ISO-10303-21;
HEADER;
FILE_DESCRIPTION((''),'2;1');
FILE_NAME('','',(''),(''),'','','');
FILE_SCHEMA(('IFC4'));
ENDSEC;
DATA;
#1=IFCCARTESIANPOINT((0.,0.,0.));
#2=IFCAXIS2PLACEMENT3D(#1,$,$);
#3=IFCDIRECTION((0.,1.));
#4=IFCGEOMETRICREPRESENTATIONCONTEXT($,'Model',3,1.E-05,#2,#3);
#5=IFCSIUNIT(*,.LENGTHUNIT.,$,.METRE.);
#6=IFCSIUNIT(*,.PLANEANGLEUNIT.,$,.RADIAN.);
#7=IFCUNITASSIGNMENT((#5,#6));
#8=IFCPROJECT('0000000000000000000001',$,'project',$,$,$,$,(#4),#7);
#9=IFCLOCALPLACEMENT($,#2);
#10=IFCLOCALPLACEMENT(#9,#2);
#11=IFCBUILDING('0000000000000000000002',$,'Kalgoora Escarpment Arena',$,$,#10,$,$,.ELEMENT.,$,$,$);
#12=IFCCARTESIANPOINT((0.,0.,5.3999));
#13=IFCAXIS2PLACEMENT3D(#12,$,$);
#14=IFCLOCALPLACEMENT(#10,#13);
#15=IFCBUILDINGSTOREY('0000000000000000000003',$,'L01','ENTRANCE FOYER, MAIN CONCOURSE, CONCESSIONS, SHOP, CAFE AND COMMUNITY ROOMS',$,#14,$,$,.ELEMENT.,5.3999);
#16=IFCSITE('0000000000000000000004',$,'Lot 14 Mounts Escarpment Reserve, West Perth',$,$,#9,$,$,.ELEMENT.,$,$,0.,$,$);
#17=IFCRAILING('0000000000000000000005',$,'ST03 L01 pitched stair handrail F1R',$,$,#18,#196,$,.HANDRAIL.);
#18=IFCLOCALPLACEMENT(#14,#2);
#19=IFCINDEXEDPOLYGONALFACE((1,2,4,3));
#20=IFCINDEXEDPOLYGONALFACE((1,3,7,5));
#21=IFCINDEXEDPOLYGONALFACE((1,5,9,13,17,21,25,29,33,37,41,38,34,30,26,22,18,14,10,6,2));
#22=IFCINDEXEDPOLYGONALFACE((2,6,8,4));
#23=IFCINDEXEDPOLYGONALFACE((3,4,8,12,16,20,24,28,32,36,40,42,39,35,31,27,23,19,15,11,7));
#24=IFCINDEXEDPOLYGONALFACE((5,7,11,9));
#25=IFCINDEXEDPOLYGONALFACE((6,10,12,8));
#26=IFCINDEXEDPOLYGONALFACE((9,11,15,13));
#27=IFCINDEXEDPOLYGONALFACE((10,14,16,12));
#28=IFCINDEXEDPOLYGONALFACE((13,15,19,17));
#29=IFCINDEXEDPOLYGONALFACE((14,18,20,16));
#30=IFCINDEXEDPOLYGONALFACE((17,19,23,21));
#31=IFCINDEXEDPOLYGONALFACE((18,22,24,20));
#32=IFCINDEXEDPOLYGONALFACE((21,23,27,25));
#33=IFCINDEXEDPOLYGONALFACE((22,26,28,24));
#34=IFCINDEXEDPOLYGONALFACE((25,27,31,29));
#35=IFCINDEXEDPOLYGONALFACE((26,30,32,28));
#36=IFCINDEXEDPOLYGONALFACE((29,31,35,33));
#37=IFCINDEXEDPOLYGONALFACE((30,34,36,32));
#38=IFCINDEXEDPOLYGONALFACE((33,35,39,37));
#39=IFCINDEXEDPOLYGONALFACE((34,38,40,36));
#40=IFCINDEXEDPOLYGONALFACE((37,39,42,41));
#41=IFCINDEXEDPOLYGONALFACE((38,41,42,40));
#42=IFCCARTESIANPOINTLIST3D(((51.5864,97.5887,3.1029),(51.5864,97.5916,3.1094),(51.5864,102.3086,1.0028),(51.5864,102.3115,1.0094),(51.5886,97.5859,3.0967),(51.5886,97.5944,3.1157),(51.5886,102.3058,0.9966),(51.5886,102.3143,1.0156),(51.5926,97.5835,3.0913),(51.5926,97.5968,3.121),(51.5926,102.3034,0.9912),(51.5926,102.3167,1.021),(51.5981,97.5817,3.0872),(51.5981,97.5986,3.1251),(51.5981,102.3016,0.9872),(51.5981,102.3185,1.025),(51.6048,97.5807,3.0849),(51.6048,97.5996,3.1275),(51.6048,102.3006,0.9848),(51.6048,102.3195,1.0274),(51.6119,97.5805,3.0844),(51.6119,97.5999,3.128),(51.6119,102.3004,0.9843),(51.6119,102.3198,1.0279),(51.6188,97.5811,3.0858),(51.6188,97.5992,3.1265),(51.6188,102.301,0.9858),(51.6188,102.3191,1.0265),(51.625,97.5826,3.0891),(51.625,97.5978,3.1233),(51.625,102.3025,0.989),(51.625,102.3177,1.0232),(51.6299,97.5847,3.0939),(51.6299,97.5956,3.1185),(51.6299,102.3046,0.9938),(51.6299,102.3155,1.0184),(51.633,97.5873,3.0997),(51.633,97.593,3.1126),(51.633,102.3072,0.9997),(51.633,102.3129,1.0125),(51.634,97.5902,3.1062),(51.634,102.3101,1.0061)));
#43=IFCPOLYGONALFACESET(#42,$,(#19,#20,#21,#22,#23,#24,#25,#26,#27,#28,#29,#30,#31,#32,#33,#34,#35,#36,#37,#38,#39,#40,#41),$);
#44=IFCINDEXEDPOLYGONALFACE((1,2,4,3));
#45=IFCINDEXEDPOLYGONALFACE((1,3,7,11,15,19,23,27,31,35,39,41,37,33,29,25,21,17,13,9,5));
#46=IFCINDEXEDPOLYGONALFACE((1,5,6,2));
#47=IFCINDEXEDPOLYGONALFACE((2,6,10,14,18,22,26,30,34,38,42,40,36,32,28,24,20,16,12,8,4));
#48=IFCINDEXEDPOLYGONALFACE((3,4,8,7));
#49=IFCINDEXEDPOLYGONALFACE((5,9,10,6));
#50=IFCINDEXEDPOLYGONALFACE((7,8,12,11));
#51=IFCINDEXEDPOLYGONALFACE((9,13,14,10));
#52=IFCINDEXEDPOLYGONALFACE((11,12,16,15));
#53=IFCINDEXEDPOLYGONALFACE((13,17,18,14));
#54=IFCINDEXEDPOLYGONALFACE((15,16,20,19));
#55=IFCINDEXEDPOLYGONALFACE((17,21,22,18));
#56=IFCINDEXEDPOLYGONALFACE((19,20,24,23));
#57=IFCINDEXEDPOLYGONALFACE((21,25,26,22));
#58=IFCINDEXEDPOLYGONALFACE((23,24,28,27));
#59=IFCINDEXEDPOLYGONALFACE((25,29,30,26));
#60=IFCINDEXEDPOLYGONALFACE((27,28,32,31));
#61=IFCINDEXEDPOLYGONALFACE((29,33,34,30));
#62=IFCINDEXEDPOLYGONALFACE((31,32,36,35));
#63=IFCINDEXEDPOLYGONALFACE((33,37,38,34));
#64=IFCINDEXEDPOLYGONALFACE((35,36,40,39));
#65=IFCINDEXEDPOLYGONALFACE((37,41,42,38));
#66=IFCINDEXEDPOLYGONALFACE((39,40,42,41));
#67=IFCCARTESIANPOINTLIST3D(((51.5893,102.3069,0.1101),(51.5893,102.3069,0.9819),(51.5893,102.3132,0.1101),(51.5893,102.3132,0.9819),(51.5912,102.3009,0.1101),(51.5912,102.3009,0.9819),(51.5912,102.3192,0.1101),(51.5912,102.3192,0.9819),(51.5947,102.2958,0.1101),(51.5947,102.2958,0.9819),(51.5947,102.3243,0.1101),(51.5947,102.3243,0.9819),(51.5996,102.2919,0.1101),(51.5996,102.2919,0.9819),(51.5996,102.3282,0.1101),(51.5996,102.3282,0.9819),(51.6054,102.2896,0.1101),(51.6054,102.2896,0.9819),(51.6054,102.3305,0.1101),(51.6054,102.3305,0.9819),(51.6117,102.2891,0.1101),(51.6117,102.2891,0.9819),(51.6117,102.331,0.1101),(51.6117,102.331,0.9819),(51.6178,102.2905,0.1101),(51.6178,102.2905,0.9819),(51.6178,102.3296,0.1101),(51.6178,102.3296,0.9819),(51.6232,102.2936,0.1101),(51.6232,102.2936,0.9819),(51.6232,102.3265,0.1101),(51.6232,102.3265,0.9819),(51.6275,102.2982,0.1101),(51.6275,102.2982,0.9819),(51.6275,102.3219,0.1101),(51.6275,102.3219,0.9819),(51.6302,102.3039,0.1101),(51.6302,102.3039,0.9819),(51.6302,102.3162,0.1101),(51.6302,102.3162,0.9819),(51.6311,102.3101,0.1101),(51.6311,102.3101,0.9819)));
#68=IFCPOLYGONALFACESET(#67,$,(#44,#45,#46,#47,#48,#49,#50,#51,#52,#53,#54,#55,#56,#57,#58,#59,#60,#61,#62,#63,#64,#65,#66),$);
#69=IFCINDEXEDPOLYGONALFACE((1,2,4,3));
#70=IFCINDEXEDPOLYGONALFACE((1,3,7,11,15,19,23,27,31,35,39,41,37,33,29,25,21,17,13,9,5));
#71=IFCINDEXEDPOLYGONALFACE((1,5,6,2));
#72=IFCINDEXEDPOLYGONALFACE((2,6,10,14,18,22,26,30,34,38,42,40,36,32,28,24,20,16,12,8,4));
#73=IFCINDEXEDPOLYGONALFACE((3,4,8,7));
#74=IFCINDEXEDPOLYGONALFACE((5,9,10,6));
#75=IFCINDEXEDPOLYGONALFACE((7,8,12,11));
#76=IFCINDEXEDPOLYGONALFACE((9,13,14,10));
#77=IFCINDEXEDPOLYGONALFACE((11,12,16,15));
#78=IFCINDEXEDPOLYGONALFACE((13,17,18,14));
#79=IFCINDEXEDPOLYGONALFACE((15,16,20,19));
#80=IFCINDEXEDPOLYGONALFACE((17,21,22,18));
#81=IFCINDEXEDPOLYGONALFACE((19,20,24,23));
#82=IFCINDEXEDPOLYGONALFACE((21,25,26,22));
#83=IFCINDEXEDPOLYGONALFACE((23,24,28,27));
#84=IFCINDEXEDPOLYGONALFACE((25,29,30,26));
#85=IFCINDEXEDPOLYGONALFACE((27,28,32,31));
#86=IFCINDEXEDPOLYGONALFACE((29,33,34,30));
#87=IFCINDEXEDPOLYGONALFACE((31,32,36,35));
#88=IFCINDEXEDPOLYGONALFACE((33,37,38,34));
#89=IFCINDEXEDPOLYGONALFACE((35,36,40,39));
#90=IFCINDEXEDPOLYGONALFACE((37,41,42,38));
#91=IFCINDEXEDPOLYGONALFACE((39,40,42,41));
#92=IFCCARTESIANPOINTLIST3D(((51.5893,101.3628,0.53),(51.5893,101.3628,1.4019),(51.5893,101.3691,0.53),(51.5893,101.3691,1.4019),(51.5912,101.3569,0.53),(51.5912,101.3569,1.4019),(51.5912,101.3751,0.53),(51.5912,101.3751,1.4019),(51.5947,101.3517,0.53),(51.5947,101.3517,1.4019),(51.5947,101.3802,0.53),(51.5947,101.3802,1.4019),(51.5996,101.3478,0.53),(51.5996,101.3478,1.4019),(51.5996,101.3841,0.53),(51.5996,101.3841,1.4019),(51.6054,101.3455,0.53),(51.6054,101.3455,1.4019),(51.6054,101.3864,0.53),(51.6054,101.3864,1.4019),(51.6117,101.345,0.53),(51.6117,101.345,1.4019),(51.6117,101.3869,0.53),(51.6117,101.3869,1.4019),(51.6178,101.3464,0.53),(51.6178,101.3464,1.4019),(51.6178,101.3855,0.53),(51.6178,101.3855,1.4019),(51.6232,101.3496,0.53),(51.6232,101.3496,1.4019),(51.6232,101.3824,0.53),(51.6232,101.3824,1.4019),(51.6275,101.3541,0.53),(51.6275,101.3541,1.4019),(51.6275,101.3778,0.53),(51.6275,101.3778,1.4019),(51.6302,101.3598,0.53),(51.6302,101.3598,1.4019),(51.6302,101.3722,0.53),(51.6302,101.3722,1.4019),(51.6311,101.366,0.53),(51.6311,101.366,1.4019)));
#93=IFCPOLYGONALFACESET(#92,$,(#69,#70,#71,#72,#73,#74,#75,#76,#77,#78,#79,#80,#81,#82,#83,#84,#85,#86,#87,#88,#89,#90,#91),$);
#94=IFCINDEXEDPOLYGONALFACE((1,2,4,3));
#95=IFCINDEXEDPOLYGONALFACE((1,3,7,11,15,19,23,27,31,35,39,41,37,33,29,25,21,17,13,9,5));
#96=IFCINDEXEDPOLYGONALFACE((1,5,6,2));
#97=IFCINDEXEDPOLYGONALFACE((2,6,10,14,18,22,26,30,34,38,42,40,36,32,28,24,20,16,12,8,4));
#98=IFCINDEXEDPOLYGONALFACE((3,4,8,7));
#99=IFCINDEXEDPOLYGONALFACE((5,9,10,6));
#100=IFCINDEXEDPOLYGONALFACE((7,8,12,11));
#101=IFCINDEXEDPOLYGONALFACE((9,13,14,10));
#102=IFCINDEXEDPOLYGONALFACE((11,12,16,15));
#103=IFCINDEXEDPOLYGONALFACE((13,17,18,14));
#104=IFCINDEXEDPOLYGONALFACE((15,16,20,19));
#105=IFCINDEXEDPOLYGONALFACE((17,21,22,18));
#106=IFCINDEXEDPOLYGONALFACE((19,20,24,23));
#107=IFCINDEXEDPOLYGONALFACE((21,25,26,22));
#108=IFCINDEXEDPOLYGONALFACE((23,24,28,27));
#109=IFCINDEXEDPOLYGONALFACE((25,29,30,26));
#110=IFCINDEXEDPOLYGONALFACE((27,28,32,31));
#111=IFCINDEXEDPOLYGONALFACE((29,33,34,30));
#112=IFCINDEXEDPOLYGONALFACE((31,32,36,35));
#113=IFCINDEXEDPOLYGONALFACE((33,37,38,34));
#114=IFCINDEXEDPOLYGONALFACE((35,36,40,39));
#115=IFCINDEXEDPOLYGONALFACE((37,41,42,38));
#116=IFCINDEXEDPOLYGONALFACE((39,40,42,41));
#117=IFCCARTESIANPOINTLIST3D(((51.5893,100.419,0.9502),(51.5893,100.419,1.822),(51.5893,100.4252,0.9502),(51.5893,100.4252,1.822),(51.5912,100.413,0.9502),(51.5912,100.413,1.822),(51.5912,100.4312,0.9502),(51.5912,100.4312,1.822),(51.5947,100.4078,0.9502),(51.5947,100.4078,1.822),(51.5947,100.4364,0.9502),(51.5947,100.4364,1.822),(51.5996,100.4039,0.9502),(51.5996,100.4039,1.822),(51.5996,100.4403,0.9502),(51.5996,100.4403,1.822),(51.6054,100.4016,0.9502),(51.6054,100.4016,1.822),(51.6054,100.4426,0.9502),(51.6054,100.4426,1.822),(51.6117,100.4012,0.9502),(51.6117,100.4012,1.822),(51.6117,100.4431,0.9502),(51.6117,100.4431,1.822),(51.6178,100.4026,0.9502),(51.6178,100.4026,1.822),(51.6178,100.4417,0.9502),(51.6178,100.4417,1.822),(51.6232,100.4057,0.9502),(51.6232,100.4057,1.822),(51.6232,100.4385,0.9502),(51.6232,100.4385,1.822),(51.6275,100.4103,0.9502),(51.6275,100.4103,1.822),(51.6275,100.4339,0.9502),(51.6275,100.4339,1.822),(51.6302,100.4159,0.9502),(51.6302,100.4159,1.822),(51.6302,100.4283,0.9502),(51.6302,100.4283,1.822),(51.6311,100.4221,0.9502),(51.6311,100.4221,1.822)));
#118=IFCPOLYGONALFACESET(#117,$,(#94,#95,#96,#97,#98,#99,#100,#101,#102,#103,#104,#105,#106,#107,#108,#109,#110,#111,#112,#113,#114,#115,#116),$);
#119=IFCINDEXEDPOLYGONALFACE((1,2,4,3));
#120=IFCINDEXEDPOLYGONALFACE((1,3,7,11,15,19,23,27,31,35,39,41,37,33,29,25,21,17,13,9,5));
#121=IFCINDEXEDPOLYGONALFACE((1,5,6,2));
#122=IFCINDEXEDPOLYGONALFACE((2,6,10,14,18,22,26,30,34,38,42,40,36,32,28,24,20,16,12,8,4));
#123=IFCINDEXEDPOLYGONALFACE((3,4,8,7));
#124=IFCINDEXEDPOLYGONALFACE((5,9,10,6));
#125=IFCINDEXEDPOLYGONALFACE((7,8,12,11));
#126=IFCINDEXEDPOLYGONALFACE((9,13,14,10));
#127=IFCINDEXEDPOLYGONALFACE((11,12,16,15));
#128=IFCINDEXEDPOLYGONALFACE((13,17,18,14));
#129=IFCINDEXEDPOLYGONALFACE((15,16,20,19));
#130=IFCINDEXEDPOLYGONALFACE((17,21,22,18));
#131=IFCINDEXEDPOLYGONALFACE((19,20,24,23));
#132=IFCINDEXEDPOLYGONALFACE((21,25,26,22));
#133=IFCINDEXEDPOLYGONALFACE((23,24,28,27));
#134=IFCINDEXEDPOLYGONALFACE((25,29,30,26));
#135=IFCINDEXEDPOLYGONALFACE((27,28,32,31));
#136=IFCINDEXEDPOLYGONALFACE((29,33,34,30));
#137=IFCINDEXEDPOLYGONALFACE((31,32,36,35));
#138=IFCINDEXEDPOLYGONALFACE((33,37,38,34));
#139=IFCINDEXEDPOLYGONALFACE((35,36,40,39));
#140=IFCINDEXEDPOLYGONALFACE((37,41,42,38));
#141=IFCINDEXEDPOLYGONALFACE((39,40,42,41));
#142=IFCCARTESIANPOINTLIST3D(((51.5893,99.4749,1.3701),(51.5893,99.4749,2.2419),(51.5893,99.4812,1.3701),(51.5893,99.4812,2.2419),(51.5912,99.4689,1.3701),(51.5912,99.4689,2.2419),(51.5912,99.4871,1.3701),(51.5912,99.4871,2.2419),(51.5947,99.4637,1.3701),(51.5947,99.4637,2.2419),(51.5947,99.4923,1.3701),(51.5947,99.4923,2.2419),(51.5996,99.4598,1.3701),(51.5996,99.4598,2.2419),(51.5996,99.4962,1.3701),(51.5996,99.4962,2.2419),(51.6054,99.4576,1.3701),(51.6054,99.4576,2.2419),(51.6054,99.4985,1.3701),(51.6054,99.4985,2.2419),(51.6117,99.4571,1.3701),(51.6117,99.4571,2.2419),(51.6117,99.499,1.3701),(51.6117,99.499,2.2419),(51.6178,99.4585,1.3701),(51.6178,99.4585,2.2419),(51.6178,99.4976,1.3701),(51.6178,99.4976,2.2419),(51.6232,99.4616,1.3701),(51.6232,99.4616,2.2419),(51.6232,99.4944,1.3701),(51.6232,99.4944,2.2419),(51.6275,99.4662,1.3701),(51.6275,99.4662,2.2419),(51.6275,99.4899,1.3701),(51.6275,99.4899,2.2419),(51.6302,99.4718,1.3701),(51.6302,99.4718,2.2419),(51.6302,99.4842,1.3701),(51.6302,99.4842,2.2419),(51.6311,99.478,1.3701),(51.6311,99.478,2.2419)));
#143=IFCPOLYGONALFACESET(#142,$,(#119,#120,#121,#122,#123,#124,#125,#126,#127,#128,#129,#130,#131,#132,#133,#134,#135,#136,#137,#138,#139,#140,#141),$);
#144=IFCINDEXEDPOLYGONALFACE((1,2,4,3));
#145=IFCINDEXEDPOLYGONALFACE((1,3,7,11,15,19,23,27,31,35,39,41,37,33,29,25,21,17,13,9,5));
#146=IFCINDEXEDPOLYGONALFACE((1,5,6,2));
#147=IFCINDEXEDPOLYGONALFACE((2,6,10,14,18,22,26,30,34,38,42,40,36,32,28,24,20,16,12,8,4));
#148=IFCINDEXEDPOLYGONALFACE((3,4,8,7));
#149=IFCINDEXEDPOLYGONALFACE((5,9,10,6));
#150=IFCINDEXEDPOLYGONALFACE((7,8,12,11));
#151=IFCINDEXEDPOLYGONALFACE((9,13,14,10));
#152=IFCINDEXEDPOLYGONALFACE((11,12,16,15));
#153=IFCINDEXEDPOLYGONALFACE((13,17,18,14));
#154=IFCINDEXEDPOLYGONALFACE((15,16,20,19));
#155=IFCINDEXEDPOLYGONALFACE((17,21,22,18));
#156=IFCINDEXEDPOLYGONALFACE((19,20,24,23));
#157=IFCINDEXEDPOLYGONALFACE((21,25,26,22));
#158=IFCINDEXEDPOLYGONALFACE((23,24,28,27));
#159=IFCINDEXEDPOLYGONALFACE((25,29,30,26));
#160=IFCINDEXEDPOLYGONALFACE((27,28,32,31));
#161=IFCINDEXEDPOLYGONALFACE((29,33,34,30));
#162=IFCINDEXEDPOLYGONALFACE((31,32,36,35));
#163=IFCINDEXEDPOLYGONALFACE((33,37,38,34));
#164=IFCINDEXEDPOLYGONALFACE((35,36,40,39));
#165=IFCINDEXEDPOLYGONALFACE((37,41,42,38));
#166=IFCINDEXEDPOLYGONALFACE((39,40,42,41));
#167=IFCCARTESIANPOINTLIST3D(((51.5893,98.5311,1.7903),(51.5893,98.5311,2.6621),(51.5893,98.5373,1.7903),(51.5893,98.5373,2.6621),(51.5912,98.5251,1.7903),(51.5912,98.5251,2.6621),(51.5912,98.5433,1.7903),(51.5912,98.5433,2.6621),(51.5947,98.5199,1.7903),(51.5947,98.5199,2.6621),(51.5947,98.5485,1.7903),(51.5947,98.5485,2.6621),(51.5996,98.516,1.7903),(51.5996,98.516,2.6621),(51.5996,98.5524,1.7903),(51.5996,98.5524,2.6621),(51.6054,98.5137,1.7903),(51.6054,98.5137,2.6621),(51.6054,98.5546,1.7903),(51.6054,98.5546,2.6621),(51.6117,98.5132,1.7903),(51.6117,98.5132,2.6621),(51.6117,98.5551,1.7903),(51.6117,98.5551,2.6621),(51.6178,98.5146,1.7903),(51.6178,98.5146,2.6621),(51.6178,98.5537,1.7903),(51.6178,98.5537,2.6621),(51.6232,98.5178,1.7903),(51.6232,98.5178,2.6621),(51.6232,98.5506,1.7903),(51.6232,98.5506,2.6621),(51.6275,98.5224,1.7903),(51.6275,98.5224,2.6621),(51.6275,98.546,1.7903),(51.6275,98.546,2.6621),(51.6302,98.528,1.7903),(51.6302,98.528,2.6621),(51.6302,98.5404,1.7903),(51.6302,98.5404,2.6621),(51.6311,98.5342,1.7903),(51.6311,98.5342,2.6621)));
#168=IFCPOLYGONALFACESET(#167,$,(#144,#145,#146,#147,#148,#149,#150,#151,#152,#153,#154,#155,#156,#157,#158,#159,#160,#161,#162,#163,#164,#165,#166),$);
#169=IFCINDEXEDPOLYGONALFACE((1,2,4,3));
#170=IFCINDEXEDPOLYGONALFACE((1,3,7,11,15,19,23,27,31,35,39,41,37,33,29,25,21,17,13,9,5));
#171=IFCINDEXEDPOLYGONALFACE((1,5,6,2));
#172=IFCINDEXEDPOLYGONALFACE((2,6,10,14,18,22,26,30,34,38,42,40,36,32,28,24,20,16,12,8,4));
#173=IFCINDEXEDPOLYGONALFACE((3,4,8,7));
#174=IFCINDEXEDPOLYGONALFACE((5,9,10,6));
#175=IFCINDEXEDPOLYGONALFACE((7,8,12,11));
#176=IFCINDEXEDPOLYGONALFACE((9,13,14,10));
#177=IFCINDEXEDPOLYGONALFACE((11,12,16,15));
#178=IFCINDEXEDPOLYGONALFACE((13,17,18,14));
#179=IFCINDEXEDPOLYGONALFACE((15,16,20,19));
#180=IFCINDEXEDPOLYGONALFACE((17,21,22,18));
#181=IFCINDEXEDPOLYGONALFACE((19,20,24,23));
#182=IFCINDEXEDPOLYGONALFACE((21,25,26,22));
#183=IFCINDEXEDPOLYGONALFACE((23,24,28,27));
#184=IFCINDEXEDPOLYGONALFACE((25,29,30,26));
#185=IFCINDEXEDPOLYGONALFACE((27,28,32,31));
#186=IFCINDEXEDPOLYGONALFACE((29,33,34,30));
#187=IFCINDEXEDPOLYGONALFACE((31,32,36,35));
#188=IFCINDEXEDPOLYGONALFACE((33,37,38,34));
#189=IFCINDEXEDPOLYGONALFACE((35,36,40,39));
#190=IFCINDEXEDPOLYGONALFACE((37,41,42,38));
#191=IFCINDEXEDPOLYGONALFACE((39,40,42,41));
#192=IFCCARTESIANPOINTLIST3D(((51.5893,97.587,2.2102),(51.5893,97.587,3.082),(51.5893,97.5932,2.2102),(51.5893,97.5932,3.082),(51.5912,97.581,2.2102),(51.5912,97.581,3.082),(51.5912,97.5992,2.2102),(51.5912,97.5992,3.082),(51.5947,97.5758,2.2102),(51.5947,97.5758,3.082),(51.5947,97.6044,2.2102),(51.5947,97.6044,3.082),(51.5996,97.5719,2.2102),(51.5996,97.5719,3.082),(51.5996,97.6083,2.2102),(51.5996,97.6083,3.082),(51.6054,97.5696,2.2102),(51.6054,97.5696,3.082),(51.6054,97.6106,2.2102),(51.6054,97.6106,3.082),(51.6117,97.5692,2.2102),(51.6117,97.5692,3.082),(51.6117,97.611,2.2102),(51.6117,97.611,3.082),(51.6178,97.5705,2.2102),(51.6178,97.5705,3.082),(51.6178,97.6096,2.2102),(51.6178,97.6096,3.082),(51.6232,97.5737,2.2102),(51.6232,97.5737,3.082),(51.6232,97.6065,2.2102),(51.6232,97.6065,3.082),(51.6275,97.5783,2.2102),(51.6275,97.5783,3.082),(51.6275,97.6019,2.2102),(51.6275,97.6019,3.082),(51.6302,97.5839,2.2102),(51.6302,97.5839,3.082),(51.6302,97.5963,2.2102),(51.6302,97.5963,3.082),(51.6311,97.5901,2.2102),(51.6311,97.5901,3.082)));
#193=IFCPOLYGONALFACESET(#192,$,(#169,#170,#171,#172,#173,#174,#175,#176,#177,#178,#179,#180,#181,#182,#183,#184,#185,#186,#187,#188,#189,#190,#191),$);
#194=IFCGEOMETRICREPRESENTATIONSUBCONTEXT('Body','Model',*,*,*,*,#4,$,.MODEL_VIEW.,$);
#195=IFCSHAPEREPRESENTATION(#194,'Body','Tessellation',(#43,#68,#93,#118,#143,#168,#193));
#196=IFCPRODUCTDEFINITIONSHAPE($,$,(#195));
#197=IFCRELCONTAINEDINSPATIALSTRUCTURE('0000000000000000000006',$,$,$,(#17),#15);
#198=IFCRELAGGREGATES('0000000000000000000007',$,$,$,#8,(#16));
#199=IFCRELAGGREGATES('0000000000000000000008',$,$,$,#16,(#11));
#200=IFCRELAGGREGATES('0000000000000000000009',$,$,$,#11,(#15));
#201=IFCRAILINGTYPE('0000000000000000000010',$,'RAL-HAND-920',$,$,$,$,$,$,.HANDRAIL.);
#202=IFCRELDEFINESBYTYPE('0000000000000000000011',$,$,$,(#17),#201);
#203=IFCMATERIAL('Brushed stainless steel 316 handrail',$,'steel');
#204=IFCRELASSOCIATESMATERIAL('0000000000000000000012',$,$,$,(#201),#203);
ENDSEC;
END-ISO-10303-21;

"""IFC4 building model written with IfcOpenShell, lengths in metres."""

from ifc_helpers import new_model, si_unit, direction, frame, origin, origin_2d, place, context, subcontext, project, spatial, circle, extrude, material, type_object, element, save


model = new_model("IFC4")

# Units and contexts
model_context = context("Model", 3, precision=1e-05, world=origin(), true_north=direction((0.0, 1.0)))
body_context = subcontext(model_context, "Body", "Model", "MODEL_VIEW")
ifc_project = project(units=[si_unit("LENGTHUNIT", "METRE"), si_unit("PLANEANGLEUNIT", "RADIAN")], contexts=[model_context])

# Site, building, storey
site_placement = place(None, origin())
site = spatial("IfcSite", under=ifc_project, at=site_placement, Name="Lot 14 Mounts Escarpment Reserve, West Perth", CompositionType="ELEMENT", RefElevation=0.0)
building_placement = place(site_placement, origin())
building = spatial("IfcBuilding", under=site, at=building_placement, Name="Kalgoora Escarpment Arena", CompositionType="ELEMENT")
storey_placement = place(building_placement, frame((0.0, 0.0, 5.3999)))
storey = spatial("IfcBuildingStorey", under=building, at=storey_placement, Name="L01", Description="ENTRANCE FOYER, MAIN CONCOURSE, CONCESSIONS, SHOP, CAFE AND COMMUNITY ROOMS", CompositionType="ELEMENT", Elevation=5.3999)

# Railing
ifc_material_1 = material(Name="Brushed stainless steel 316 handrail", Category="steel")
railing_type_1 = type_object("IfcRailingType", Name="RAL-HAND-920", PredefinedType="HANDRAIL", material=ifc_material_1)
for number, where, name in (
    (1, (51.6101, 102.3101, 0.1101), "ST03 L01 pitched stair handrail F1R"),
):
    element("IfcRailing", number, at=place(storey_placement, frame(where)), inside=storey, type_object=railing_type_1, Name=name, PredefinedType="HANDRAIL", context=body_context, shape_type="SweptSolid", body=[
        extrude(circle(Radius=0.0239, at=origin_2d()), frame((0.0, 0.0, 0.896), z_axis=(0.0, -0.913644, 0.406516), x_axis=(1.0, 0.0, 0.0)), (0.0, 0.0, 1.0), 5.166),
        extrude(circle(Radius=0.021, at=origin_2d()), origin(), (0.0, 0.0, 1.0), 0.8718),
        extrude(circle(Radius=0.021, at=origin_2d()), frame((0.0, -0.9441, 0.4199)), (0.0, 0.0, 1.0), 0.8718),
        extrude(circle(Radius=0.021, at=origin_2d()), frame((0.0, -1.8879, 0.8401)), (0.0, 0.0, 1.0), 0.8718),
        extrude(circle(Radius=0.021, at=origin_2d()), frame((0.0, -2.832, 1.26)), (0.0, 0.0, 1.0), 0.8718),
        extrude(circle(Radius=0.021, at=origin_2d()), frame((0.0, -3.7759, 1.6802)), (0.0, 0.0, 1.0), 0.8718),
        extrude(circle(Radius=0.021, at=origin_2d()), frame((0.0, -4.72, 2.1001)), (0.0, 0.0, 1.0), 0.8718),
    ])

save(model, "model.ifc")
